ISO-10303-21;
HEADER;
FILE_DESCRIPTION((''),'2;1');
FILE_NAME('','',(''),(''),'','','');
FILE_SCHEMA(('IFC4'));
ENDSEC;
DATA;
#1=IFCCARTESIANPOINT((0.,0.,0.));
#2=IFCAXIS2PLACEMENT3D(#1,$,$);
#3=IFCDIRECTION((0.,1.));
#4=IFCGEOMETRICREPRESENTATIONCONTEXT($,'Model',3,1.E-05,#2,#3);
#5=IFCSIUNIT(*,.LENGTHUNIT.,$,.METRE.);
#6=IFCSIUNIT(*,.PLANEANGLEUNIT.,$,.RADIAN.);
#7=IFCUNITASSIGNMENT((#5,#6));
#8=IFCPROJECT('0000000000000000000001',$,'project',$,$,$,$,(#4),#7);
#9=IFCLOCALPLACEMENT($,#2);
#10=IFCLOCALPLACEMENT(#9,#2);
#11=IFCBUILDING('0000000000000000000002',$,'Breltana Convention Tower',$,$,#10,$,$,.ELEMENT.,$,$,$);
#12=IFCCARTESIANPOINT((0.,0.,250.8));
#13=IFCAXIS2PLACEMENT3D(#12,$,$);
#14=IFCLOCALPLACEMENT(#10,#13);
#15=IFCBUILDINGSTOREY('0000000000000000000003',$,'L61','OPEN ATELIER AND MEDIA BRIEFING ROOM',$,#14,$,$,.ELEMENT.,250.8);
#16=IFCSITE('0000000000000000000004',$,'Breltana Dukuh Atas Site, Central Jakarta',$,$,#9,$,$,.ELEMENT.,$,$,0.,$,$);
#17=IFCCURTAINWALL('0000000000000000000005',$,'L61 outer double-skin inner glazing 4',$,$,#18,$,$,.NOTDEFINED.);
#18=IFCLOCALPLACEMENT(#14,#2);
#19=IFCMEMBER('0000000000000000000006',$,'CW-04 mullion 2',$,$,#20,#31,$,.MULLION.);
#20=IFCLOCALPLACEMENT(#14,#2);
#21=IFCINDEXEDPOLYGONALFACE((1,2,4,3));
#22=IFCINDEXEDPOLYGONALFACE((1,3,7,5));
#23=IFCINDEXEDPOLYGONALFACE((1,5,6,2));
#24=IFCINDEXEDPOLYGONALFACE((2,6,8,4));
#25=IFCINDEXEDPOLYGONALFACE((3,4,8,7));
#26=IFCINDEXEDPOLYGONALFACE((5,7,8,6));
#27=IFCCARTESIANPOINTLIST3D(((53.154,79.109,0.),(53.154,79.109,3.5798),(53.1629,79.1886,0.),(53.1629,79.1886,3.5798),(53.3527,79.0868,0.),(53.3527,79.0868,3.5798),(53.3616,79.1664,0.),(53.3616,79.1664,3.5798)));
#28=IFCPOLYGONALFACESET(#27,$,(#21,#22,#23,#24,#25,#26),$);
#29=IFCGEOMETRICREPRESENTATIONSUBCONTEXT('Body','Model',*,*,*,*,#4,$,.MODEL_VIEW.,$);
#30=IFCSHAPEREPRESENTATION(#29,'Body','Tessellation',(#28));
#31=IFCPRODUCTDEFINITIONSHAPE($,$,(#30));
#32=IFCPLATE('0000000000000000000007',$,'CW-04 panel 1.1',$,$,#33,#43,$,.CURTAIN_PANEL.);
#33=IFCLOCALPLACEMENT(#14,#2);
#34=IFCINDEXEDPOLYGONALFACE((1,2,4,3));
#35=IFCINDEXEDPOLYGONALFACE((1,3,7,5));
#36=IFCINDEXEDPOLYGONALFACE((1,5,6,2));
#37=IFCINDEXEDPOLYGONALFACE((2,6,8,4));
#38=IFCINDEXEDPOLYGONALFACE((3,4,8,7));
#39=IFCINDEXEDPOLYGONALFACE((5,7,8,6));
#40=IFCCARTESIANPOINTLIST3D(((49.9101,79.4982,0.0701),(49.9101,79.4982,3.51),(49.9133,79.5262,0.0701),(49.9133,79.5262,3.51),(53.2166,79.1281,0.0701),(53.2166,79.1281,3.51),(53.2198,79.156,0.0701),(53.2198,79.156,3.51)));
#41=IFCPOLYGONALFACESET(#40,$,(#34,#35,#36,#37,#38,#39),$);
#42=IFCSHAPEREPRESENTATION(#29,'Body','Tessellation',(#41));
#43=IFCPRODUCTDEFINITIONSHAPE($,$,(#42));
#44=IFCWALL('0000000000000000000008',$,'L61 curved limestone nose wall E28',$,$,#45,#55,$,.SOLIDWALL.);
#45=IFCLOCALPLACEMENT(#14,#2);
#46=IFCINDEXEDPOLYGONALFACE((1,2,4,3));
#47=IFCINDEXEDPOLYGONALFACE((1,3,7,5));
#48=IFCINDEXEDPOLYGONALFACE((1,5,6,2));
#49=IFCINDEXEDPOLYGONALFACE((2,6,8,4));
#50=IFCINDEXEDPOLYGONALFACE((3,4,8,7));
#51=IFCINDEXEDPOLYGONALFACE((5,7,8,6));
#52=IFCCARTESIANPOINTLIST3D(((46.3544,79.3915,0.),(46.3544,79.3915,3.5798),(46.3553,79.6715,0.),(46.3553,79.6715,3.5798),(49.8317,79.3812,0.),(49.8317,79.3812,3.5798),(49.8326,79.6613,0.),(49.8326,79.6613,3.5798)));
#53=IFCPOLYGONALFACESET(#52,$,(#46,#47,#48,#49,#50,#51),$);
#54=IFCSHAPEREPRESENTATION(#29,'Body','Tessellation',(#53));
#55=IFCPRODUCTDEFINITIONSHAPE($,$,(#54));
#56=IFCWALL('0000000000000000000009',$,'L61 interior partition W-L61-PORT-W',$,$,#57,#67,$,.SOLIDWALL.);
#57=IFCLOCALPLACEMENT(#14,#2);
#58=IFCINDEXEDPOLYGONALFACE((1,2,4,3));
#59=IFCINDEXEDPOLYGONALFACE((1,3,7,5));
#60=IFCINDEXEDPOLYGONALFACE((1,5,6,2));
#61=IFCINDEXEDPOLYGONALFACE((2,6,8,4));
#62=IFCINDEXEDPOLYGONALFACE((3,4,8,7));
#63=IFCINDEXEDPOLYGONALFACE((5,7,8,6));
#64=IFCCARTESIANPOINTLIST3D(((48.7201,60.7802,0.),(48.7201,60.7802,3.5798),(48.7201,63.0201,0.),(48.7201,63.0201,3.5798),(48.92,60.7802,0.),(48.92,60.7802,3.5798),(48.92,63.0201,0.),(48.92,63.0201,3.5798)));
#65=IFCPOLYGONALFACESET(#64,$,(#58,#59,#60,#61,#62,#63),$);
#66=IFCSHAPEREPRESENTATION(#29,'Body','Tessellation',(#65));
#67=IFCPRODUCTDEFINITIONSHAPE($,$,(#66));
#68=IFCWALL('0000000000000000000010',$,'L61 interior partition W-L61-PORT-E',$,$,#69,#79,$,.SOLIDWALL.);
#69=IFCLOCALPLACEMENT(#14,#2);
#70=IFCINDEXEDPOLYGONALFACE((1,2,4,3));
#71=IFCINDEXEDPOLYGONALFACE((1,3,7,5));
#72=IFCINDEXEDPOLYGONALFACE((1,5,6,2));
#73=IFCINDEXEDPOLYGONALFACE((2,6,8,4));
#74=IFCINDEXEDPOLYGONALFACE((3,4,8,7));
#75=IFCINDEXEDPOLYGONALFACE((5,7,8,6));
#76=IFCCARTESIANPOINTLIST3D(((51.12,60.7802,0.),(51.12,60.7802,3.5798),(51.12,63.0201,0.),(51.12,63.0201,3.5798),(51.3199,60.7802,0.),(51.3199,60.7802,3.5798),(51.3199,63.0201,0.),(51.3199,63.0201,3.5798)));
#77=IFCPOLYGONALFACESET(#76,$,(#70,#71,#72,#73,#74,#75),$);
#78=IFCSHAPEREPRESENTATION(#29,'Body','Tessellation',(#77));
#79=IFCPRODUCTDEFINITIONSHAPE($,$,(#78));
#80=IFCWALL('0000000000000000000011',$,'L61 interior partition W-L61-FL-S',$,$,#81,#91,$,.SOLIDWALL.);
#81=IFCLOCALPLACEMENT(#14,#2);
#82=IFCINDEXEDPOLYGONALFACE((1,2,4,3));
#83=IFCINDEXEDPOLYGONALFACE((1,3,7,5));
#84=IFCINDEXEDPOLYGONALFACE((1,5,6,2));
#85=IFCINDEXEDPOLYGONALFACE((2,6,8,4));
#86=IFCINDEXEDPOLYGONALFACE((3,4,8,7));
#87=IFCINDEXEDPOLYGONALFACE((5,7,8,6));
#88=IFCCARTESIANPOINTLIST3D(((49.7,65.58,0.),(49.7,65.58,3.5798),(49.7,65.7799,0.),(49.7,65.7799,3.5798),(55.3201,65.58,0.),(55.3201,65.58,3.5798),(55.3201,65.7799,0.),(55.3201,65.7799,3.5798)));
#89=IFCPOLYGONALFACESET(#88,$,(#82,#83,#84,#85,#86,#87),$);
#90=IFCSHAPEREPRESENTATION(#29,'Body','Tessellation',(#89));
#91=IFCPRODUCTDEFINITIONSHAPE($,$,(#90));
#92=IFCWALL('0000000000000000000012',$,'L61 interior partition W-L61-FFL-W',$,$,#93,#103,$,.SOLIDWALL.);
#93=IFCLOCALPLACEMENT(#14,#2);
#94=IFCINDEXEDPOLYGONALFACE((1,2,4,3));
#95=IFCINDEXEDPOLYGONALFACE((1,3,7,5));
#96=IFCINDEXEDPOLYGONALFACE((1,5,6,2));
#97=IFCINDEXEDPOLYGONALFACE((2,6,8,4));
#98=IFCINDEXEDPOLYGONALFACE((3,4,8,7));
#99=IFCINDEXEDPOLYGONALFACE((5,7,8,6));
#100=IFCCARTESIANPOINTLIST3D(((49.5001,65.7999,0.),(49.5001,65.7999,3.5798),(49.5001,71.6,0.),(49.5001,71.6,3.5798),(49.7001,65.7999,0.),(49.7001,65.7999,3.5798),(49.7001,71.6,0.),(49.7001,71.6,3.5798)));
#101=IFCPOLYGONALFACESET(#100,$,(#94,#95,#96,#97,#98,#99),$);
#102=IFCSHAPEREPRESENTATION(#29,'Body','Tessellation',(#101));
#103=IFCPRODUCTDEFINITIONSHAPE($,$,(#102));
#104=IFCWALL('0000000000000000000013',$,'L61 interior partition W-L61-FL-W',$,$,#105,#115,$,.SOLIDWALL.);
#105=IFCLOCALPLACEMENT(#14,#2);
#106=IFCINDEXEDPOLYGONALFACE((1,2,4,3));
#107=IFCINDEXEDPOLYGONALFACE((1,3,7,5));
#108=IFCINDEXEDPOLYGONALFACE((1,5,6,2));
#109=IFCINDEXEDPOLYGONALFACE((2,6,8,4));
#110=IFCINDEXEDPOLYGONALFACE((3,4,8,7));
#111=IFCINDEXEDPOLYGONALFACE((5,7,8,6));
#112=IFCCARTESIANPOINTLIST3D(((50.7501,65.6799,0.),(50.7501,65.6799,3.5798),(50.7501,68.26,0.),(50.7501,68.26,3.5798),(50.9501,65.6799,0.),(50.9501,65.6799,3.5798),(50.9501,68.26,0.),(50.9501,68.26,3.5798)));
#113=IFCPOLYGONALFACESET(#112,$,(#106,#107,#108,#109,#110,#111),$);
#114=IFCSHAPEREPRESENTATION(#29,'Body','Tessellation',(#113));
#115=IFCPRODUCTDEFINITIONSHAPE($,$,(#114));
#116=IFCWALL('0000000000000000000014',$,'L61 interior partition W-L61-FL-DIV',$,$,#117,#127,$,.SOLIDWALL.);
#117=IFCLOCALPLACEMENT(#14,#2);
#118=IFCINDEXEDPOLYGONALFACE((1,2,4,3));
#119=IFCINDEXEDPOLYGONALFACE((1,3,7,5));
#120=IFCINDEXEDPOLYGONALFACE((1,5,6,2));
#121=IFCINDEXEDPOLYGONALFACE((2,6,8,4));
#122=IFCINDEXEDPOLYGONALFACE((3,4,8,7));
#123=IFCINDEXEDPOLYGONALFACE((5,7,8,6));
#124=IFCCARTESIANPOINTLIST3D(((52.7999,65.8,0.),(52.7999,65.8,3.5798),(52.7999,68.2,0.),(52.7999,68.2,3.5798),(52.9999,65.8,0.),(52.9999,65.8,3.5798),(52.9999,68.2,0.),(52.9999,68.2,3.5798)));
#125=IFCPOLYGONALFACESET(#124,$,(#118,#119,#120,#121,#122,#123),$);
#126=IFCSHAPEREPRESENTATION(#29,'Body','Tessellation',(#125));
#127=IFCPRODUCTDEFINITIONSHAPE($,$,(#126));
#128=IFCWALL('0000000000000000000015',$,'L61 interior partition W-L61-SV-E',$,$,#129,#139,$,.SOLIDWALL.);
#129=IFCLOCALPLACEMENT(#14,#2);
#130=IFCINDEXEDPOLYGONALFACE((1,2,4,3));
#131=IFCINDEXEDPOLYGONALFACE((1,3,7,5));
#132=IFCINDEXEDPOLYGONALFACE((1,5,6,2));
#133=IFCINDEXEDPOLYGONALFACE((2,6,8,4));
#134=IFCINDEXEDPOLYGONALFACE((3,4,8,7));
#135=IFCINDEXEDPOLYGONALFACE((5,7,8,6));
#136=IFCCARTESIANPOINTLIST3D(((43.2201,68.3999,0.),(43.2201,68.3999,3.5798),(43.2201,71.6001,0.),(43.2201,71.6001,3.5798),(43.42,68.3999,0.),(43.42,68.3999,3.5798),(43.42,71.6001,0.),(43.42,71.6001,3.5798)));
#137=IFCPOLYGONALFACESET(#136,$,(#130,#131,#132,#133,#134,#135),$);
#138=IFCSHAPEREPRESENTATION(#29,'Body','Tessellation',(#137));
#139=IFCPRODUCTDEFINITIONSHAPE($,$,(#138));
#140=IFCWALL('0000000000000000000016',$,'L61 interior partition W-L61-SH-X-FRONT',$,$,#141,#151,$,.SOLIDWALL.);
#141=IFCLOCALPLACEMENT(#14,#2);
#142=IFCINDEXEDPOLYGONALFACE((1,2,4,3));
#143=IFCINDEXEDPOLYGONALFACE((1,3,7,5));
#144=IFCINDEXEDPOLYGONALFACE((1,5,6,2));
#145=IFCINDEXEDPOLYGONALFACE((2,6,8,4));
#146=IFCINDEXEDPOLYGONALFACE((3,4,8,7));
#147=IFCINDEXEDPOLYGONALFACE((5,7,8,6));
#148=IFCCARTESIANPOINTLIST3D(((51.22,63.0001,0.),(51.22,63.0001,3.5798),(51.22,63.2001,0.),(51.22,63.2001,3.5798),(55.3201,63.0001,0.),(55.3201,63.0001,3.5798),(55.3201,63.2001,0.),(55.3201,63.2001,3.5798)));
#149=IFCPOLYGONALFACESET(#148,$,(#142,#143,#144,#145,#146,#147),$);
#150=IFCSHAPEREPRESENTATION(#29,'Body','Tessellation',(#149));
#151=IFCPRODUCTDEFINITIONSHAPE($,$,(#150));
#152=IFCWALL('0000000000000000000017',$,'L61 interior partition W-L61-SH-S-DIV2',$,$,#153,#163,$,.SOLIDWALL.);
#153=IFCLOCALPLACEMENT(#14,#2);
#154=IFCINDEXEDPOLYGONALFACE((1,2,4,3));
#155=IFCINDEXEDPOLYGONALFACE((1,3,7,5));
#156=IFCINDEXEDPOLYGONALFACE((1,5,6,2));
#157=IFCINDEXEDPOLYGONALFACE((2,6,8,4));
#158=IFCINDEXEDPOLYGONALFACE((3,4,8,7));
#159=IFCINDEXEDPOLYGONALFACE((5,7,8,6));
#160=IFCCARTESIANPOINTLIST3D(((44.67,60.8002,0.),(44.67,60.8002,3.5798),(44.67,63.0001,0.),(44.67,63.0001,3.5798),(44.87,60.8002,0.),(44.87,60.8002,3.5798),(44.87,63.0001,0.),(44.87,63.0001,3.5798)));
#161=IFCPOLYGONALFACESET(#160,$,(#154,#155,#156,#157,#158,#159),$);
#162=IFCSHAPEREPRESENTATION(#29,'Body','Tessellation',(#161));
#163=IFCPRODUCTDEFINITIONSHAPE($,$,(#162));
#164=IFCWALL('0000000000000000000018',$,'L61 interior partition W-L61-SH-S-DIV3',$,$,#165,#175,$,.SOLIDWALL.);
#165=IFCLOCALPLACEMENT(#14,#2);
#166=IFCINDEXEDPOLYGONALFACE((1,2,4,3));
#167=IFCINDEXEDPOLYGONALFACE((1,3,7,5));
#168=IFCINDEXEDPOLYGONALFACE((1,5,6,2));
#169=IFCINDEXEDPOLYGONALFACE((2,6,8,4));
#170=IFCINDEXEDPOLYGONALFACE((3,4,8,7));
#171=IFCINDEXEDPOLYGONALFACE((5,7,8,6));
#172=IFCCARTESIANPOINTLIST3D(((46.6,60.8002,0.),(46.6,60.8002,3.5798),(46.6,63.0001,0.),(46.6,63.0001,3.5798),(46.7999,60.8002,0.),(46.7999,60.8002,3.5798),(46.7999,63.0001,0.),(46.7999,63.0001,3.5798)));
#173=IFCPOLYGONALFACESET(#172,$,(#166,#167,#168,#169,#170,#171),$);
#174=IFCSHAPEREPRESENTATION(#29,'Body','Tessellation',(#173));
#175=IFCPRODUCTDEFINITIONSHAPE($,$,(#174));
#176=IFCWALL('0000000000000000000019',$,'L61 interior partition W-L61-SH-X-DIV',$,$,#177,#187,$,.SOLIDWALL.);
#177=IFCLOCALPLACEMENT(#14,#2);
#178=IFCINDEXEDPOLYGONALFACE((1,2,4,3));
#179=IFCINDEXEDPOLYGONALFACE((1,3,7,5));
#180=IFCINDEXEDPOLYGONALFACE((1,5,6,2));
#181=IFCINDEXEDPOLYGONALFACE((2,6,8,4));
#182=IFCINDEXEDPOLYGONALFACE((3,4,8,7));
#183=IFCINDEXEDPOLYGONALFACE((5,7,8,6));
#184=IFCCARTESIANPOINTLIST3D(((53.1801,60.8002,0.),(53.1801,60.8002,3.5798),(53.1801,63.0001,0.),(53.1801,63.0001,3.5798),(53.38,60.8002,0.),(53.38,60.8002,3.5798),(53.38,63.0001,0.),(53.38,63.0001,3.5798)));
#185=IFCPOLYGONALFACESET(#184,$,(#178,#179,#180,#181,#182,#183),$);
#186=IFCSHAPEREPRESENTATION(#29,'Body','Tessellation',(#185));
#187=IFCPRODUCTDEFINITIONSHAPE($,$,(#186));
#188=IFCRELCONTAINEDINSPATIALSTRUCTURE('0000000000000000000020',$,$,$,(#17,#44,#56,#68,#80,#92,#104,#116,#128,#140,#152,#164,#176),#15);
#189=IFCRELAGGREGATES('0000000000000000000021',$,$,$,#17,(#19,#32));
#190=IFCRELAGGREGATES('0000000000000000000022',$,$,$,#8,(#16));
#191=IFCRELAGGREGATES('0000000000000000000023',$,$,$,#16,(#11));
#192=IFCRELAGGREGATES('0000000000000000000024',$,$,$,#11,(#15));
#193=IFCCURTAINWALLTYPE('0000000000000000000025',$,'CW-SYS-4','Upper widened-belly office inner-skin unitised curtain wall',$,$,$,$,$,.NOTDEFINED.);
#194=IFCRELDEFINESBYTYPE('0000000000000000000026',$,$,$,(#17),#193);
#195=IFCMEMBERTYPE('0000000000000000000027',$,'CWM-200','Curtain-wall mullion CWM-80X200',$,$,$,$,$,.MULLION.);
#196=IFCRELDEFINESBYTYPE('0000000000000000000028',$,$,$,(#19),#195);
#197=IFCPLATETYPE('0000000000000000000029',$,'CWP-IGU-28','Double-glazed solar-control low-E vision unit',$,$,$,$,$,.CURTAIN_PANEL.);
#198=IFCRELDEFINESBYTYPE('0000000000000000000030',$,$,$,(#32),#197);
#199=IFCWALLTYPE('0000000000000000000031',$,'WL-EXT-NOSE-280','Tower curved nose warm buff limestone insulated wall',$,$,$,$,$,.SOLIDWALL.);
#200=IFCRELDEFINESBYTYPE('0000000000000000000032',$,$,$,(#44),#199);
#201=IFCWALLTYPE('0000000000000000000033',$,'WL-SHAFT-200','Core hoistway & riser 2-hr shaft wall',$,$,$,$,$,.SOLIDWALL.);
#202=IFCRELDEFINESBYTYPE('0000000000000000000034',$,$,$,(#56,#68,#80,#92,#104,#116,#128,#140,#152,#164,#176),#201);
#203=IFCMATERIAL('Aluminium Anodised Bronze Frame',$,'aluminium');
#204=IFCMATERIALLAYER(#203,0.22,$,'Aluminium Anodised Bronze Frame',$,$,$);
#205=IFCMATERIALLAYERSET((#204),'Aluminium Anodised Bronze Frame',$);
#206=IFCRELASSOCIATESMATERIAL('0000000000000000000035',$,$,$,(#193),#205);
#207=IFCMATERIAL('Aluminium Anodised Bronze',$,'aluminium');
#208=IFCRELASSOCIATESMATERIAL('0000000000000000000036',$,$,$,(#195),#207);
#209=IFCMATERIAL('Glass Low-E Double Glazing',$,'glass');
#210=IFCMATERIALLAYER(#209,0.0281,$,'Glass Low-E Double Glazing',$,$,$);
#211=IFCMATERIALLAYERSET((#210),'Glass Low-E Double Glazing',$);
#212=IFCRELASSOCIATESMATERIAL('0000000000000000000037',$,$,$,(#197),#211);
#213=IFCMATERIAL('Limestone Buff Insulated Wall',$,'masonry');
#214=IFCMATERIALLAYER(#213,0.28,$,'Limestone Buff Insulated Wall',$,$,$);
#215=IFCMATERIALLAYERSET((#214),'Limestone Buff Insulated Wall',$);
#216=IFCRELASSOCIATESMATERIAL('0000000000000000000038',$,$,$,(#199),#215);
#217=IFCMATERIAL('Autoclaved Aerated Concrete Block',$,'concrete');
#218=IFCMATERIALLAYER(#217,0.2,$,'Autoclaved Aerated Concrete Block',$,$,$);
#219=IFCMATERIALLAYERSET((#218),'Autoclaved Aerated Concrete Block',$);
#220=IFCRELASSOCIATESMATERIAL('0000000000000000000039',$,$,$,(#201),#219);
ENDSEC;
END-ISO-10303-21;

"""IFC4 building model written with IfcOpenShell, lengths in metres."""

from ifc_helpers import new_model, si_unit, direction, frame, frame_2d, origin, origin_2d, place, context, subcontext, project, spatial, rectangle, extrude, source, transform, mapped, material, layer, layer_set, material_profile, profile_set, type_object, element, aggregate, save


model = new_model("IFC4")

# Units and contexts
model_context = context("Model", 3, precision=1e-05, world=origin(), true_north=direction((0.0, 1.0)))
body_context = subcontext(model_context, "Body", "Model", "MODEL_VIEW")
ifc_project = project(units=[si_unit("LENGTHUNIT", "METRE"), si_unit("PLANEANGLEUNIT", "RADIAN")], contexts=[model_context])

# Site, building, storey
site_placement = place(None, origin())
site = spatial("IfcSite", under=ifc_project, at=site_placement, Name="Breltana Dukuh Atas Site, Central Jakarta", CompositionType="ELEMENT", RefElevation=0.0)
building_placement = place(site_placement, origin())
building = spatial("IfcBuilding", under=site, at=building_placement, Name="Breltana Convention Tower", CompositionType="ELEMENT")
storey_placement = place(building_placement, frame((0.0, 0.0, 250.8)))
storey = spatial("IfcBuildingStorey", under=building, at=storey_placement, Name="L61", Description="OPEN ATELIER AND MEDIA BRIEFING ROOM", CompositionType="ELEMENT", Elevation=250.8)

# Curtain wall, member, plate
ifc_material_1 = material(Name="Aluminium Anodised Bronze Frame", Category="aluminium")
ifc_layer_1 = layer(ifc_material_1, 0.22, Name="Aluminium Anodised Bronze Frame")
ifc_layer_set_1 = layer_set([ifc_layer_1], Name="Aluminium Anodised Bronze Frame")
curtain_wall_type = type_object("IfcCurtainWallType", Name="CW-SYS-4", Description="Upper widened-belly office inner-skin unitised curtain wall", PredefinedType="NOTDEFINED", material=ifc_layer_set_1)
curtain_wall_placement = place(storey_placement, origin())
curtain_wall = element("IfcCurtainWall", 1, at=curtain_wall_placement, inside=storey, type_object=curtain_wall_type, Name="L61 outer double-skin inner glazing 4", PredefinedType="NOTDEFINED")
ifc_material_2 = material(Name="Aluminium Anodised Bronze", Category="aluminium")
ifc_material_profile_1 = material_profile(ifc_material_2, rectangle(XDim=0.0801, YDim=0.2, at=origin_2d()), Name="CWM-80X200")
ifc_profile_set_1 = profile_set([ifc_material_profile_1], Name="Aluminium Anodised Bronze")
member_type_1 = type_object("IfcMemberType", Name="CWM-200", Description="Curtain-wall mullion CWM-80X200", PredefinedType="MULLION", material=ifc_profile_set_1)
shared_shape_1 = source(origin(), body_context, "Body", "SweptSolid", [
    extrude(rectangle(XDim=0.0801, YDim=0.2, at=origin_2d()), origin(), (0.0, 0.0, 1.0), 3.5798),
])
member_1_placement = place(storey_placement, frame((53.2578, 79.1377, 0.0), z_axis=(0.0, 0.0, 1.0), x_axis=(0.111237, 0.993794, 0.0)))
member_1 = element("IfcMember", 2, at=member_1_placement, type_object=member_type_1, Name="CW-04 mullion 2", PredefinedType="MULLION", context=body_context, shape_type="MappedRepresentation", body=[
    mapped(shared_shape_1, transform((0.0, 0.0, 0.0), scale=1.0)),
])
ifc_material_3 = material(Name="Glass Low-E Double Glazing", Category="glass")
ifc_layer_2 = layer(ifc_material_3, 0.0281, Name="Glass Low-E Double Glazing")
ifc_layer_set_2 = layer_set([ifc_layer_2], Name="Glass Low-E Double Glazing")
plate_type = type_object("IfcPlateType", Name="CWP-IGU-28", Description="Double-glazed solar-control low-E vision unit", PredefinedType="CURTAIN_PANEL", material=ifc_layer_set_2)
shared_shape_2 = source(origin(), body_context, "Body", "SweptSolid", [
    extrude(rectangle(XDim=3.3271, YDim=0.0281, at=origin_2d()), origin(), (0.0, 0.0, 1.0), 3.4399),
])
plate_placement = place(storey_placement, frame((51.5649, 79.3271, 0.0701), z_axis=(0.0, 0.0, 1.0), x_axis=(0.993794, -0.111237, 0.0)))
plate = element("IfcPlate", 3, at=plate_placement, type_object=plate_type, Name="CW-04 panel 1.1", PredefinedType="CURTAIN_PANEL", context=body_context, shape_type="MappedRepresentation", body=[
    mapped(shared_shape_2, transform((0.0, 0.0, 0.0), scale=1.0)),
])
aggregate(curtain_wall, [member_1, plate])

# Walls
ifc_material_4 = material(Name="Limestone Buff Insulated Wall", Category="masonry")
ifc_layer_3 = layer(ifc_material_4, 0.28, Name="Limestone Buff Insulated Wall")
ifc_layer_set_3 = layer_set([ifc_layer_3], Name="Limestone Buff Insulated Wall")
wall_type_1 = type_object("IfcWallType", Name="WL-EXT-NOSE-280", Description="Tower curved nose warm buff limestone insulated wall", PredefinedType="SOLIDWALL", material=ifc_layer_set_3)
shared_shape_3 = source(origin(), body_context, "Body", "SweptSolid", [
    extrude(rectangle(XDim=3.4773, YDim=0.28, at=frame_2d((1.7388, 0.0))), origin(), (0.0, 0.0, 1.0), 3.5798),
])
wall_1_placement = place(storey_placement, frame((46.3547, 79.5315, 0.0), z_axis=(0.0, 0.0, 1.0), x_axis=(0.999996, -0.002949, 0.0)))
element("IfcWall", 4, at=wall_1_placement, inside=storey, type_object=wall_type_1, Name="L61 curved limestone nose wall E28", PredefinedType="SOLIDWALL", context=body_context, shape_type="MappedRepresentation", body=[
    mapped(shared_shape_3, transform((0.0, 0.0, 0.0), scale=1.0)),
])
ifc_material_5 = material(Name="Autoclaved Aerated Concrete Block", Category="concrete")
ifc_layer_4 = layer(ifc_material_5, 0.2, Name="Autoclaved Aerated Concrete Block")
ifc_layer_set_4 = layer_set([ifc_layer_4], Name="Autoclaved Aerated Concrete Block")
wall_type_2 = type_object("IfcWallType", Name="WL-SHAFT-200", Description="Core hoistway & riser 2-hr shaft wall", PredefinedType="SOLIDWALL", material=ifc_layer_set_4)
shared_shape_4 = source(origin(), body_context, "Body", "SweptSolid", [
    extrude(rectangle(XDim=2.24, YDim=0.2, at=frame_2d((1.1201, 0.0))), origin(), (0.0, 0.0, 1.0), 3.5798),
])
for number, where, z_axis, x_axis, name in (
    (5, (48.8201, 60.78, 0.0), (0.0, 0.0, 1.0), (0.0, 1.0, 0.0), "L61 interior partition W-L61-PORT-W"),
    (6, (51.22, 60.78, 0.0), (0.0, 0.0, 1.0), (0.0, 1.0, 0.0), "L61 interior partition W-L61-PORT-E"),
):
    element("IfcWall", number, at=place(storey_placement, frame(where, z_axis=z_axis, x_axis=x_axis)), inside=storey, type_object=wall_type_2, Name=name, PredefinedType="SOLIDWALL", context=body_context, shape_type="MappedRepresentation", body=[
        mapped(shared_shape_4, transform((0.0, 0.0, 0.0), scale=1.0)),
    ])

# Shared definitions
shared_shape_5 = source(origin(), body_context, "Body", "SweptSolid", [
    extrude(rectangle(XDim=5.6201, YDim=0.2, at=frame_2d((2.8101, 0.0))), origin(), (0.0, 0.0, 1.0), 3.5798),
])

# Walls
wall_2_placement = place(storey_placement, frame((49.7, 65.6799, 0.0), z_axis=(0.0, 0.0, 1.0), x_axis=(1.0, 0.0, 0.0)))
element("IfcWall", 7, at=wall_2_placement, inside=storey, type_object=wall_type_2, Name="L61 interior partition W-L61-FL-S", PredefinedType="SOLIDWALL", context=body_context, shape_type="MappedRepresentation", body=[
    mapped(shared_shape_5, transform((0.0, 0.0, 0.0), scale=1.0)),
])
shared_shape_6 = source(origin(), body_context, "Body", "SweptSolid", [
    extrude(rectangle(XDim=5.8, YDim=0.2, at=frame_2d((2.8999, 0.0))), origin(), (0.0, 0.0, 1.0), 3.5798),
])
wall_3_placement = place(storey_placement, frame((49.6001, 65.8, 0.0), z_axis=(0.0, 0.0, 1.0), x_axis=(0.0, 1.0, 0.0)))
element("IfcWall", 8, at=wall_3_placement, inside=storey, type_object=wall_type_2, Name="L61 interior partition W-L61-FFL-W", PredefinedType="SOLIDWALL", context=body_context, shape_type="MappedRepresentation", body=[
    mapped(shared_shape_6, transform((0.0, 0.0, 0.0), scale=1.0)),
])
shared_shape_7 = source(origin(), body_context, "Body", "SweptSolid", [
    extrude(rectangle(XDim=2.5801, YDim=0.2, at=frame_2d((1.29, 0.0))), origin(), (0.0, 0.0, 1.0), 3.5798),
])
wall_4_placement = place(storey_placement, frame((50.8501, 65.6799, 0.0), z_axis=(0.0, 0.0, 1.0), x_axis=(0.0, 1.0, 0.0)))
element("IfcWall", 9, at=wall_4_placement, inside=storey, type_object=wall_type_2, Name="L61 interior partition W-L61-FL-W", PredefinedType="SOLIDWALL", context=body_context, shape_type="MappedRepresentation", body=[
    mapped(shared_shape_7, transform((0.0, 0.0, 0.0), scale=1.0)),
])
shared_shape_8 = source(origin(), body_context, "Body", "SweptSolid", [
    extrude(rectangle(XDim=2.3999, YDim=0.2, at=frame_2d((1.2, 0.0))), origin(), (0.0, 0.0, 1.0), 3.5798),
])
wall_5_placement = place(storey_placement, frame((52.8999, 65.8, 0.0), z_axis=(0.0, 0.0, 1.0), x_axis=(0.0, 1.0, 0.0)))
element("IfcWall", 10, at=wall_5_placement, inside=storey, type_object=wall_type_2, Name="L61 interior partition W-L61-FL-DIV", PredefinedType="SOLIDWALL", context=body_context, shape_type="MappedRepresentation", body=[
    mapped(shared_shape_8, transform((0.0, 0.0, 0.0), scale=1.0)),
])
shared_shape_9 = source(origin(), body_context, "Body", "SweptSolid", [
    extrude(rectangle(XDim=3.2002, YDim=0.2, at=frame_2d((1.6001, 0.0))), origin(), (0.0, 0.0, 1.0), 3.5798),
])
wall_6_placement = place(storey_placement, frame((43.3201, 68.3999, 0.0), z_axis=(0.0, 0.0, 1.0), x_axis=(0.0, 1.0, 0.0)))
element("IfcWall", 11, at=wall_6_placement, inside=storey, type_object=wall_type_2, Name="L61 interior partition W-L61-SV-E", PredefinedType="SOLIDWALL", context=body_context, shape_type="MappedRepresentation", body=[
    mapped(shared_shape_9, transform((0.0, 0.0, 0.0), scale=1.0)),
])
shared_shape_10 = source(origin(), body_context, "Body", "SweptSolid", [
    extrude(rectangle(XDim=4.1001, YDim=0.2, at=frame_2d((2.05, 0.0))), origin(), (0.0, 0.0, 1.0), 3.5798),
])
wall_7_placement = place(storey_placement, frame((51.22, 63.1001, 0.0), z_axis=(0.0, 0.0, 1.0), x_axis=(1.0, 0.0, 0.0)))
element("IfcWall", 12, at=wall_7_placement, inside=storey, type_object=wall_type_2, Name="L61 interior partition W-L61-SH-X-FRONT", PredefinedType="SOLIDWALL", context=body_context, shape_type="MappedRepresentation", body=[
    mapped(shared_shape_10, transform((0.0, 0.0, 0.0), scale=1.0)),
])
shared_shape_11 = source(origin(), body_context, "Body", "SweptSolid", [
    extrude(rectangle(XDim=2.2, YDim=0.2, at=frame_2d((1.1001, 0.0))), origin(), (0.0, 0.0, 1.0), 3.5798),
])
for number, where, z_axis, x_axis, name in (
    (13, (44.77, 60.8, 0.0), (0.0, 0.0, 1.0), (0.0, 1.0, 0.0), "L61 interior partition W-L61-SH-S-DIV2"),
    (14, (46.7, 60.8, 0.0), (0.0, 0.0, 1.0), (0.0, 1.0, 0.0), "L61 interior partition W-L61-SH-S-DIV3"),
    (15, (53.28, 60.8, 0.0), (0.0, 0.0, 1.0), (0.0, 1.0, 0.0), "L61 interior partition W-L61-SH-X-DIV"),
):
    element("IfcWall", number, at=place(storey_placement, frame(where, z_axis=z_axis, x_axis=x_axis)), inside=storey, type_object=wall_type_2, Name=name, PredefinedType="SOLIDWALL", context=body_context, shape_type="MappedRepresentation", body=[
        mapped(shared_shape_11, transform((0.0, 0.0, 0.0), scale=1.0)),
    ])

save(model, "model.ifc")
